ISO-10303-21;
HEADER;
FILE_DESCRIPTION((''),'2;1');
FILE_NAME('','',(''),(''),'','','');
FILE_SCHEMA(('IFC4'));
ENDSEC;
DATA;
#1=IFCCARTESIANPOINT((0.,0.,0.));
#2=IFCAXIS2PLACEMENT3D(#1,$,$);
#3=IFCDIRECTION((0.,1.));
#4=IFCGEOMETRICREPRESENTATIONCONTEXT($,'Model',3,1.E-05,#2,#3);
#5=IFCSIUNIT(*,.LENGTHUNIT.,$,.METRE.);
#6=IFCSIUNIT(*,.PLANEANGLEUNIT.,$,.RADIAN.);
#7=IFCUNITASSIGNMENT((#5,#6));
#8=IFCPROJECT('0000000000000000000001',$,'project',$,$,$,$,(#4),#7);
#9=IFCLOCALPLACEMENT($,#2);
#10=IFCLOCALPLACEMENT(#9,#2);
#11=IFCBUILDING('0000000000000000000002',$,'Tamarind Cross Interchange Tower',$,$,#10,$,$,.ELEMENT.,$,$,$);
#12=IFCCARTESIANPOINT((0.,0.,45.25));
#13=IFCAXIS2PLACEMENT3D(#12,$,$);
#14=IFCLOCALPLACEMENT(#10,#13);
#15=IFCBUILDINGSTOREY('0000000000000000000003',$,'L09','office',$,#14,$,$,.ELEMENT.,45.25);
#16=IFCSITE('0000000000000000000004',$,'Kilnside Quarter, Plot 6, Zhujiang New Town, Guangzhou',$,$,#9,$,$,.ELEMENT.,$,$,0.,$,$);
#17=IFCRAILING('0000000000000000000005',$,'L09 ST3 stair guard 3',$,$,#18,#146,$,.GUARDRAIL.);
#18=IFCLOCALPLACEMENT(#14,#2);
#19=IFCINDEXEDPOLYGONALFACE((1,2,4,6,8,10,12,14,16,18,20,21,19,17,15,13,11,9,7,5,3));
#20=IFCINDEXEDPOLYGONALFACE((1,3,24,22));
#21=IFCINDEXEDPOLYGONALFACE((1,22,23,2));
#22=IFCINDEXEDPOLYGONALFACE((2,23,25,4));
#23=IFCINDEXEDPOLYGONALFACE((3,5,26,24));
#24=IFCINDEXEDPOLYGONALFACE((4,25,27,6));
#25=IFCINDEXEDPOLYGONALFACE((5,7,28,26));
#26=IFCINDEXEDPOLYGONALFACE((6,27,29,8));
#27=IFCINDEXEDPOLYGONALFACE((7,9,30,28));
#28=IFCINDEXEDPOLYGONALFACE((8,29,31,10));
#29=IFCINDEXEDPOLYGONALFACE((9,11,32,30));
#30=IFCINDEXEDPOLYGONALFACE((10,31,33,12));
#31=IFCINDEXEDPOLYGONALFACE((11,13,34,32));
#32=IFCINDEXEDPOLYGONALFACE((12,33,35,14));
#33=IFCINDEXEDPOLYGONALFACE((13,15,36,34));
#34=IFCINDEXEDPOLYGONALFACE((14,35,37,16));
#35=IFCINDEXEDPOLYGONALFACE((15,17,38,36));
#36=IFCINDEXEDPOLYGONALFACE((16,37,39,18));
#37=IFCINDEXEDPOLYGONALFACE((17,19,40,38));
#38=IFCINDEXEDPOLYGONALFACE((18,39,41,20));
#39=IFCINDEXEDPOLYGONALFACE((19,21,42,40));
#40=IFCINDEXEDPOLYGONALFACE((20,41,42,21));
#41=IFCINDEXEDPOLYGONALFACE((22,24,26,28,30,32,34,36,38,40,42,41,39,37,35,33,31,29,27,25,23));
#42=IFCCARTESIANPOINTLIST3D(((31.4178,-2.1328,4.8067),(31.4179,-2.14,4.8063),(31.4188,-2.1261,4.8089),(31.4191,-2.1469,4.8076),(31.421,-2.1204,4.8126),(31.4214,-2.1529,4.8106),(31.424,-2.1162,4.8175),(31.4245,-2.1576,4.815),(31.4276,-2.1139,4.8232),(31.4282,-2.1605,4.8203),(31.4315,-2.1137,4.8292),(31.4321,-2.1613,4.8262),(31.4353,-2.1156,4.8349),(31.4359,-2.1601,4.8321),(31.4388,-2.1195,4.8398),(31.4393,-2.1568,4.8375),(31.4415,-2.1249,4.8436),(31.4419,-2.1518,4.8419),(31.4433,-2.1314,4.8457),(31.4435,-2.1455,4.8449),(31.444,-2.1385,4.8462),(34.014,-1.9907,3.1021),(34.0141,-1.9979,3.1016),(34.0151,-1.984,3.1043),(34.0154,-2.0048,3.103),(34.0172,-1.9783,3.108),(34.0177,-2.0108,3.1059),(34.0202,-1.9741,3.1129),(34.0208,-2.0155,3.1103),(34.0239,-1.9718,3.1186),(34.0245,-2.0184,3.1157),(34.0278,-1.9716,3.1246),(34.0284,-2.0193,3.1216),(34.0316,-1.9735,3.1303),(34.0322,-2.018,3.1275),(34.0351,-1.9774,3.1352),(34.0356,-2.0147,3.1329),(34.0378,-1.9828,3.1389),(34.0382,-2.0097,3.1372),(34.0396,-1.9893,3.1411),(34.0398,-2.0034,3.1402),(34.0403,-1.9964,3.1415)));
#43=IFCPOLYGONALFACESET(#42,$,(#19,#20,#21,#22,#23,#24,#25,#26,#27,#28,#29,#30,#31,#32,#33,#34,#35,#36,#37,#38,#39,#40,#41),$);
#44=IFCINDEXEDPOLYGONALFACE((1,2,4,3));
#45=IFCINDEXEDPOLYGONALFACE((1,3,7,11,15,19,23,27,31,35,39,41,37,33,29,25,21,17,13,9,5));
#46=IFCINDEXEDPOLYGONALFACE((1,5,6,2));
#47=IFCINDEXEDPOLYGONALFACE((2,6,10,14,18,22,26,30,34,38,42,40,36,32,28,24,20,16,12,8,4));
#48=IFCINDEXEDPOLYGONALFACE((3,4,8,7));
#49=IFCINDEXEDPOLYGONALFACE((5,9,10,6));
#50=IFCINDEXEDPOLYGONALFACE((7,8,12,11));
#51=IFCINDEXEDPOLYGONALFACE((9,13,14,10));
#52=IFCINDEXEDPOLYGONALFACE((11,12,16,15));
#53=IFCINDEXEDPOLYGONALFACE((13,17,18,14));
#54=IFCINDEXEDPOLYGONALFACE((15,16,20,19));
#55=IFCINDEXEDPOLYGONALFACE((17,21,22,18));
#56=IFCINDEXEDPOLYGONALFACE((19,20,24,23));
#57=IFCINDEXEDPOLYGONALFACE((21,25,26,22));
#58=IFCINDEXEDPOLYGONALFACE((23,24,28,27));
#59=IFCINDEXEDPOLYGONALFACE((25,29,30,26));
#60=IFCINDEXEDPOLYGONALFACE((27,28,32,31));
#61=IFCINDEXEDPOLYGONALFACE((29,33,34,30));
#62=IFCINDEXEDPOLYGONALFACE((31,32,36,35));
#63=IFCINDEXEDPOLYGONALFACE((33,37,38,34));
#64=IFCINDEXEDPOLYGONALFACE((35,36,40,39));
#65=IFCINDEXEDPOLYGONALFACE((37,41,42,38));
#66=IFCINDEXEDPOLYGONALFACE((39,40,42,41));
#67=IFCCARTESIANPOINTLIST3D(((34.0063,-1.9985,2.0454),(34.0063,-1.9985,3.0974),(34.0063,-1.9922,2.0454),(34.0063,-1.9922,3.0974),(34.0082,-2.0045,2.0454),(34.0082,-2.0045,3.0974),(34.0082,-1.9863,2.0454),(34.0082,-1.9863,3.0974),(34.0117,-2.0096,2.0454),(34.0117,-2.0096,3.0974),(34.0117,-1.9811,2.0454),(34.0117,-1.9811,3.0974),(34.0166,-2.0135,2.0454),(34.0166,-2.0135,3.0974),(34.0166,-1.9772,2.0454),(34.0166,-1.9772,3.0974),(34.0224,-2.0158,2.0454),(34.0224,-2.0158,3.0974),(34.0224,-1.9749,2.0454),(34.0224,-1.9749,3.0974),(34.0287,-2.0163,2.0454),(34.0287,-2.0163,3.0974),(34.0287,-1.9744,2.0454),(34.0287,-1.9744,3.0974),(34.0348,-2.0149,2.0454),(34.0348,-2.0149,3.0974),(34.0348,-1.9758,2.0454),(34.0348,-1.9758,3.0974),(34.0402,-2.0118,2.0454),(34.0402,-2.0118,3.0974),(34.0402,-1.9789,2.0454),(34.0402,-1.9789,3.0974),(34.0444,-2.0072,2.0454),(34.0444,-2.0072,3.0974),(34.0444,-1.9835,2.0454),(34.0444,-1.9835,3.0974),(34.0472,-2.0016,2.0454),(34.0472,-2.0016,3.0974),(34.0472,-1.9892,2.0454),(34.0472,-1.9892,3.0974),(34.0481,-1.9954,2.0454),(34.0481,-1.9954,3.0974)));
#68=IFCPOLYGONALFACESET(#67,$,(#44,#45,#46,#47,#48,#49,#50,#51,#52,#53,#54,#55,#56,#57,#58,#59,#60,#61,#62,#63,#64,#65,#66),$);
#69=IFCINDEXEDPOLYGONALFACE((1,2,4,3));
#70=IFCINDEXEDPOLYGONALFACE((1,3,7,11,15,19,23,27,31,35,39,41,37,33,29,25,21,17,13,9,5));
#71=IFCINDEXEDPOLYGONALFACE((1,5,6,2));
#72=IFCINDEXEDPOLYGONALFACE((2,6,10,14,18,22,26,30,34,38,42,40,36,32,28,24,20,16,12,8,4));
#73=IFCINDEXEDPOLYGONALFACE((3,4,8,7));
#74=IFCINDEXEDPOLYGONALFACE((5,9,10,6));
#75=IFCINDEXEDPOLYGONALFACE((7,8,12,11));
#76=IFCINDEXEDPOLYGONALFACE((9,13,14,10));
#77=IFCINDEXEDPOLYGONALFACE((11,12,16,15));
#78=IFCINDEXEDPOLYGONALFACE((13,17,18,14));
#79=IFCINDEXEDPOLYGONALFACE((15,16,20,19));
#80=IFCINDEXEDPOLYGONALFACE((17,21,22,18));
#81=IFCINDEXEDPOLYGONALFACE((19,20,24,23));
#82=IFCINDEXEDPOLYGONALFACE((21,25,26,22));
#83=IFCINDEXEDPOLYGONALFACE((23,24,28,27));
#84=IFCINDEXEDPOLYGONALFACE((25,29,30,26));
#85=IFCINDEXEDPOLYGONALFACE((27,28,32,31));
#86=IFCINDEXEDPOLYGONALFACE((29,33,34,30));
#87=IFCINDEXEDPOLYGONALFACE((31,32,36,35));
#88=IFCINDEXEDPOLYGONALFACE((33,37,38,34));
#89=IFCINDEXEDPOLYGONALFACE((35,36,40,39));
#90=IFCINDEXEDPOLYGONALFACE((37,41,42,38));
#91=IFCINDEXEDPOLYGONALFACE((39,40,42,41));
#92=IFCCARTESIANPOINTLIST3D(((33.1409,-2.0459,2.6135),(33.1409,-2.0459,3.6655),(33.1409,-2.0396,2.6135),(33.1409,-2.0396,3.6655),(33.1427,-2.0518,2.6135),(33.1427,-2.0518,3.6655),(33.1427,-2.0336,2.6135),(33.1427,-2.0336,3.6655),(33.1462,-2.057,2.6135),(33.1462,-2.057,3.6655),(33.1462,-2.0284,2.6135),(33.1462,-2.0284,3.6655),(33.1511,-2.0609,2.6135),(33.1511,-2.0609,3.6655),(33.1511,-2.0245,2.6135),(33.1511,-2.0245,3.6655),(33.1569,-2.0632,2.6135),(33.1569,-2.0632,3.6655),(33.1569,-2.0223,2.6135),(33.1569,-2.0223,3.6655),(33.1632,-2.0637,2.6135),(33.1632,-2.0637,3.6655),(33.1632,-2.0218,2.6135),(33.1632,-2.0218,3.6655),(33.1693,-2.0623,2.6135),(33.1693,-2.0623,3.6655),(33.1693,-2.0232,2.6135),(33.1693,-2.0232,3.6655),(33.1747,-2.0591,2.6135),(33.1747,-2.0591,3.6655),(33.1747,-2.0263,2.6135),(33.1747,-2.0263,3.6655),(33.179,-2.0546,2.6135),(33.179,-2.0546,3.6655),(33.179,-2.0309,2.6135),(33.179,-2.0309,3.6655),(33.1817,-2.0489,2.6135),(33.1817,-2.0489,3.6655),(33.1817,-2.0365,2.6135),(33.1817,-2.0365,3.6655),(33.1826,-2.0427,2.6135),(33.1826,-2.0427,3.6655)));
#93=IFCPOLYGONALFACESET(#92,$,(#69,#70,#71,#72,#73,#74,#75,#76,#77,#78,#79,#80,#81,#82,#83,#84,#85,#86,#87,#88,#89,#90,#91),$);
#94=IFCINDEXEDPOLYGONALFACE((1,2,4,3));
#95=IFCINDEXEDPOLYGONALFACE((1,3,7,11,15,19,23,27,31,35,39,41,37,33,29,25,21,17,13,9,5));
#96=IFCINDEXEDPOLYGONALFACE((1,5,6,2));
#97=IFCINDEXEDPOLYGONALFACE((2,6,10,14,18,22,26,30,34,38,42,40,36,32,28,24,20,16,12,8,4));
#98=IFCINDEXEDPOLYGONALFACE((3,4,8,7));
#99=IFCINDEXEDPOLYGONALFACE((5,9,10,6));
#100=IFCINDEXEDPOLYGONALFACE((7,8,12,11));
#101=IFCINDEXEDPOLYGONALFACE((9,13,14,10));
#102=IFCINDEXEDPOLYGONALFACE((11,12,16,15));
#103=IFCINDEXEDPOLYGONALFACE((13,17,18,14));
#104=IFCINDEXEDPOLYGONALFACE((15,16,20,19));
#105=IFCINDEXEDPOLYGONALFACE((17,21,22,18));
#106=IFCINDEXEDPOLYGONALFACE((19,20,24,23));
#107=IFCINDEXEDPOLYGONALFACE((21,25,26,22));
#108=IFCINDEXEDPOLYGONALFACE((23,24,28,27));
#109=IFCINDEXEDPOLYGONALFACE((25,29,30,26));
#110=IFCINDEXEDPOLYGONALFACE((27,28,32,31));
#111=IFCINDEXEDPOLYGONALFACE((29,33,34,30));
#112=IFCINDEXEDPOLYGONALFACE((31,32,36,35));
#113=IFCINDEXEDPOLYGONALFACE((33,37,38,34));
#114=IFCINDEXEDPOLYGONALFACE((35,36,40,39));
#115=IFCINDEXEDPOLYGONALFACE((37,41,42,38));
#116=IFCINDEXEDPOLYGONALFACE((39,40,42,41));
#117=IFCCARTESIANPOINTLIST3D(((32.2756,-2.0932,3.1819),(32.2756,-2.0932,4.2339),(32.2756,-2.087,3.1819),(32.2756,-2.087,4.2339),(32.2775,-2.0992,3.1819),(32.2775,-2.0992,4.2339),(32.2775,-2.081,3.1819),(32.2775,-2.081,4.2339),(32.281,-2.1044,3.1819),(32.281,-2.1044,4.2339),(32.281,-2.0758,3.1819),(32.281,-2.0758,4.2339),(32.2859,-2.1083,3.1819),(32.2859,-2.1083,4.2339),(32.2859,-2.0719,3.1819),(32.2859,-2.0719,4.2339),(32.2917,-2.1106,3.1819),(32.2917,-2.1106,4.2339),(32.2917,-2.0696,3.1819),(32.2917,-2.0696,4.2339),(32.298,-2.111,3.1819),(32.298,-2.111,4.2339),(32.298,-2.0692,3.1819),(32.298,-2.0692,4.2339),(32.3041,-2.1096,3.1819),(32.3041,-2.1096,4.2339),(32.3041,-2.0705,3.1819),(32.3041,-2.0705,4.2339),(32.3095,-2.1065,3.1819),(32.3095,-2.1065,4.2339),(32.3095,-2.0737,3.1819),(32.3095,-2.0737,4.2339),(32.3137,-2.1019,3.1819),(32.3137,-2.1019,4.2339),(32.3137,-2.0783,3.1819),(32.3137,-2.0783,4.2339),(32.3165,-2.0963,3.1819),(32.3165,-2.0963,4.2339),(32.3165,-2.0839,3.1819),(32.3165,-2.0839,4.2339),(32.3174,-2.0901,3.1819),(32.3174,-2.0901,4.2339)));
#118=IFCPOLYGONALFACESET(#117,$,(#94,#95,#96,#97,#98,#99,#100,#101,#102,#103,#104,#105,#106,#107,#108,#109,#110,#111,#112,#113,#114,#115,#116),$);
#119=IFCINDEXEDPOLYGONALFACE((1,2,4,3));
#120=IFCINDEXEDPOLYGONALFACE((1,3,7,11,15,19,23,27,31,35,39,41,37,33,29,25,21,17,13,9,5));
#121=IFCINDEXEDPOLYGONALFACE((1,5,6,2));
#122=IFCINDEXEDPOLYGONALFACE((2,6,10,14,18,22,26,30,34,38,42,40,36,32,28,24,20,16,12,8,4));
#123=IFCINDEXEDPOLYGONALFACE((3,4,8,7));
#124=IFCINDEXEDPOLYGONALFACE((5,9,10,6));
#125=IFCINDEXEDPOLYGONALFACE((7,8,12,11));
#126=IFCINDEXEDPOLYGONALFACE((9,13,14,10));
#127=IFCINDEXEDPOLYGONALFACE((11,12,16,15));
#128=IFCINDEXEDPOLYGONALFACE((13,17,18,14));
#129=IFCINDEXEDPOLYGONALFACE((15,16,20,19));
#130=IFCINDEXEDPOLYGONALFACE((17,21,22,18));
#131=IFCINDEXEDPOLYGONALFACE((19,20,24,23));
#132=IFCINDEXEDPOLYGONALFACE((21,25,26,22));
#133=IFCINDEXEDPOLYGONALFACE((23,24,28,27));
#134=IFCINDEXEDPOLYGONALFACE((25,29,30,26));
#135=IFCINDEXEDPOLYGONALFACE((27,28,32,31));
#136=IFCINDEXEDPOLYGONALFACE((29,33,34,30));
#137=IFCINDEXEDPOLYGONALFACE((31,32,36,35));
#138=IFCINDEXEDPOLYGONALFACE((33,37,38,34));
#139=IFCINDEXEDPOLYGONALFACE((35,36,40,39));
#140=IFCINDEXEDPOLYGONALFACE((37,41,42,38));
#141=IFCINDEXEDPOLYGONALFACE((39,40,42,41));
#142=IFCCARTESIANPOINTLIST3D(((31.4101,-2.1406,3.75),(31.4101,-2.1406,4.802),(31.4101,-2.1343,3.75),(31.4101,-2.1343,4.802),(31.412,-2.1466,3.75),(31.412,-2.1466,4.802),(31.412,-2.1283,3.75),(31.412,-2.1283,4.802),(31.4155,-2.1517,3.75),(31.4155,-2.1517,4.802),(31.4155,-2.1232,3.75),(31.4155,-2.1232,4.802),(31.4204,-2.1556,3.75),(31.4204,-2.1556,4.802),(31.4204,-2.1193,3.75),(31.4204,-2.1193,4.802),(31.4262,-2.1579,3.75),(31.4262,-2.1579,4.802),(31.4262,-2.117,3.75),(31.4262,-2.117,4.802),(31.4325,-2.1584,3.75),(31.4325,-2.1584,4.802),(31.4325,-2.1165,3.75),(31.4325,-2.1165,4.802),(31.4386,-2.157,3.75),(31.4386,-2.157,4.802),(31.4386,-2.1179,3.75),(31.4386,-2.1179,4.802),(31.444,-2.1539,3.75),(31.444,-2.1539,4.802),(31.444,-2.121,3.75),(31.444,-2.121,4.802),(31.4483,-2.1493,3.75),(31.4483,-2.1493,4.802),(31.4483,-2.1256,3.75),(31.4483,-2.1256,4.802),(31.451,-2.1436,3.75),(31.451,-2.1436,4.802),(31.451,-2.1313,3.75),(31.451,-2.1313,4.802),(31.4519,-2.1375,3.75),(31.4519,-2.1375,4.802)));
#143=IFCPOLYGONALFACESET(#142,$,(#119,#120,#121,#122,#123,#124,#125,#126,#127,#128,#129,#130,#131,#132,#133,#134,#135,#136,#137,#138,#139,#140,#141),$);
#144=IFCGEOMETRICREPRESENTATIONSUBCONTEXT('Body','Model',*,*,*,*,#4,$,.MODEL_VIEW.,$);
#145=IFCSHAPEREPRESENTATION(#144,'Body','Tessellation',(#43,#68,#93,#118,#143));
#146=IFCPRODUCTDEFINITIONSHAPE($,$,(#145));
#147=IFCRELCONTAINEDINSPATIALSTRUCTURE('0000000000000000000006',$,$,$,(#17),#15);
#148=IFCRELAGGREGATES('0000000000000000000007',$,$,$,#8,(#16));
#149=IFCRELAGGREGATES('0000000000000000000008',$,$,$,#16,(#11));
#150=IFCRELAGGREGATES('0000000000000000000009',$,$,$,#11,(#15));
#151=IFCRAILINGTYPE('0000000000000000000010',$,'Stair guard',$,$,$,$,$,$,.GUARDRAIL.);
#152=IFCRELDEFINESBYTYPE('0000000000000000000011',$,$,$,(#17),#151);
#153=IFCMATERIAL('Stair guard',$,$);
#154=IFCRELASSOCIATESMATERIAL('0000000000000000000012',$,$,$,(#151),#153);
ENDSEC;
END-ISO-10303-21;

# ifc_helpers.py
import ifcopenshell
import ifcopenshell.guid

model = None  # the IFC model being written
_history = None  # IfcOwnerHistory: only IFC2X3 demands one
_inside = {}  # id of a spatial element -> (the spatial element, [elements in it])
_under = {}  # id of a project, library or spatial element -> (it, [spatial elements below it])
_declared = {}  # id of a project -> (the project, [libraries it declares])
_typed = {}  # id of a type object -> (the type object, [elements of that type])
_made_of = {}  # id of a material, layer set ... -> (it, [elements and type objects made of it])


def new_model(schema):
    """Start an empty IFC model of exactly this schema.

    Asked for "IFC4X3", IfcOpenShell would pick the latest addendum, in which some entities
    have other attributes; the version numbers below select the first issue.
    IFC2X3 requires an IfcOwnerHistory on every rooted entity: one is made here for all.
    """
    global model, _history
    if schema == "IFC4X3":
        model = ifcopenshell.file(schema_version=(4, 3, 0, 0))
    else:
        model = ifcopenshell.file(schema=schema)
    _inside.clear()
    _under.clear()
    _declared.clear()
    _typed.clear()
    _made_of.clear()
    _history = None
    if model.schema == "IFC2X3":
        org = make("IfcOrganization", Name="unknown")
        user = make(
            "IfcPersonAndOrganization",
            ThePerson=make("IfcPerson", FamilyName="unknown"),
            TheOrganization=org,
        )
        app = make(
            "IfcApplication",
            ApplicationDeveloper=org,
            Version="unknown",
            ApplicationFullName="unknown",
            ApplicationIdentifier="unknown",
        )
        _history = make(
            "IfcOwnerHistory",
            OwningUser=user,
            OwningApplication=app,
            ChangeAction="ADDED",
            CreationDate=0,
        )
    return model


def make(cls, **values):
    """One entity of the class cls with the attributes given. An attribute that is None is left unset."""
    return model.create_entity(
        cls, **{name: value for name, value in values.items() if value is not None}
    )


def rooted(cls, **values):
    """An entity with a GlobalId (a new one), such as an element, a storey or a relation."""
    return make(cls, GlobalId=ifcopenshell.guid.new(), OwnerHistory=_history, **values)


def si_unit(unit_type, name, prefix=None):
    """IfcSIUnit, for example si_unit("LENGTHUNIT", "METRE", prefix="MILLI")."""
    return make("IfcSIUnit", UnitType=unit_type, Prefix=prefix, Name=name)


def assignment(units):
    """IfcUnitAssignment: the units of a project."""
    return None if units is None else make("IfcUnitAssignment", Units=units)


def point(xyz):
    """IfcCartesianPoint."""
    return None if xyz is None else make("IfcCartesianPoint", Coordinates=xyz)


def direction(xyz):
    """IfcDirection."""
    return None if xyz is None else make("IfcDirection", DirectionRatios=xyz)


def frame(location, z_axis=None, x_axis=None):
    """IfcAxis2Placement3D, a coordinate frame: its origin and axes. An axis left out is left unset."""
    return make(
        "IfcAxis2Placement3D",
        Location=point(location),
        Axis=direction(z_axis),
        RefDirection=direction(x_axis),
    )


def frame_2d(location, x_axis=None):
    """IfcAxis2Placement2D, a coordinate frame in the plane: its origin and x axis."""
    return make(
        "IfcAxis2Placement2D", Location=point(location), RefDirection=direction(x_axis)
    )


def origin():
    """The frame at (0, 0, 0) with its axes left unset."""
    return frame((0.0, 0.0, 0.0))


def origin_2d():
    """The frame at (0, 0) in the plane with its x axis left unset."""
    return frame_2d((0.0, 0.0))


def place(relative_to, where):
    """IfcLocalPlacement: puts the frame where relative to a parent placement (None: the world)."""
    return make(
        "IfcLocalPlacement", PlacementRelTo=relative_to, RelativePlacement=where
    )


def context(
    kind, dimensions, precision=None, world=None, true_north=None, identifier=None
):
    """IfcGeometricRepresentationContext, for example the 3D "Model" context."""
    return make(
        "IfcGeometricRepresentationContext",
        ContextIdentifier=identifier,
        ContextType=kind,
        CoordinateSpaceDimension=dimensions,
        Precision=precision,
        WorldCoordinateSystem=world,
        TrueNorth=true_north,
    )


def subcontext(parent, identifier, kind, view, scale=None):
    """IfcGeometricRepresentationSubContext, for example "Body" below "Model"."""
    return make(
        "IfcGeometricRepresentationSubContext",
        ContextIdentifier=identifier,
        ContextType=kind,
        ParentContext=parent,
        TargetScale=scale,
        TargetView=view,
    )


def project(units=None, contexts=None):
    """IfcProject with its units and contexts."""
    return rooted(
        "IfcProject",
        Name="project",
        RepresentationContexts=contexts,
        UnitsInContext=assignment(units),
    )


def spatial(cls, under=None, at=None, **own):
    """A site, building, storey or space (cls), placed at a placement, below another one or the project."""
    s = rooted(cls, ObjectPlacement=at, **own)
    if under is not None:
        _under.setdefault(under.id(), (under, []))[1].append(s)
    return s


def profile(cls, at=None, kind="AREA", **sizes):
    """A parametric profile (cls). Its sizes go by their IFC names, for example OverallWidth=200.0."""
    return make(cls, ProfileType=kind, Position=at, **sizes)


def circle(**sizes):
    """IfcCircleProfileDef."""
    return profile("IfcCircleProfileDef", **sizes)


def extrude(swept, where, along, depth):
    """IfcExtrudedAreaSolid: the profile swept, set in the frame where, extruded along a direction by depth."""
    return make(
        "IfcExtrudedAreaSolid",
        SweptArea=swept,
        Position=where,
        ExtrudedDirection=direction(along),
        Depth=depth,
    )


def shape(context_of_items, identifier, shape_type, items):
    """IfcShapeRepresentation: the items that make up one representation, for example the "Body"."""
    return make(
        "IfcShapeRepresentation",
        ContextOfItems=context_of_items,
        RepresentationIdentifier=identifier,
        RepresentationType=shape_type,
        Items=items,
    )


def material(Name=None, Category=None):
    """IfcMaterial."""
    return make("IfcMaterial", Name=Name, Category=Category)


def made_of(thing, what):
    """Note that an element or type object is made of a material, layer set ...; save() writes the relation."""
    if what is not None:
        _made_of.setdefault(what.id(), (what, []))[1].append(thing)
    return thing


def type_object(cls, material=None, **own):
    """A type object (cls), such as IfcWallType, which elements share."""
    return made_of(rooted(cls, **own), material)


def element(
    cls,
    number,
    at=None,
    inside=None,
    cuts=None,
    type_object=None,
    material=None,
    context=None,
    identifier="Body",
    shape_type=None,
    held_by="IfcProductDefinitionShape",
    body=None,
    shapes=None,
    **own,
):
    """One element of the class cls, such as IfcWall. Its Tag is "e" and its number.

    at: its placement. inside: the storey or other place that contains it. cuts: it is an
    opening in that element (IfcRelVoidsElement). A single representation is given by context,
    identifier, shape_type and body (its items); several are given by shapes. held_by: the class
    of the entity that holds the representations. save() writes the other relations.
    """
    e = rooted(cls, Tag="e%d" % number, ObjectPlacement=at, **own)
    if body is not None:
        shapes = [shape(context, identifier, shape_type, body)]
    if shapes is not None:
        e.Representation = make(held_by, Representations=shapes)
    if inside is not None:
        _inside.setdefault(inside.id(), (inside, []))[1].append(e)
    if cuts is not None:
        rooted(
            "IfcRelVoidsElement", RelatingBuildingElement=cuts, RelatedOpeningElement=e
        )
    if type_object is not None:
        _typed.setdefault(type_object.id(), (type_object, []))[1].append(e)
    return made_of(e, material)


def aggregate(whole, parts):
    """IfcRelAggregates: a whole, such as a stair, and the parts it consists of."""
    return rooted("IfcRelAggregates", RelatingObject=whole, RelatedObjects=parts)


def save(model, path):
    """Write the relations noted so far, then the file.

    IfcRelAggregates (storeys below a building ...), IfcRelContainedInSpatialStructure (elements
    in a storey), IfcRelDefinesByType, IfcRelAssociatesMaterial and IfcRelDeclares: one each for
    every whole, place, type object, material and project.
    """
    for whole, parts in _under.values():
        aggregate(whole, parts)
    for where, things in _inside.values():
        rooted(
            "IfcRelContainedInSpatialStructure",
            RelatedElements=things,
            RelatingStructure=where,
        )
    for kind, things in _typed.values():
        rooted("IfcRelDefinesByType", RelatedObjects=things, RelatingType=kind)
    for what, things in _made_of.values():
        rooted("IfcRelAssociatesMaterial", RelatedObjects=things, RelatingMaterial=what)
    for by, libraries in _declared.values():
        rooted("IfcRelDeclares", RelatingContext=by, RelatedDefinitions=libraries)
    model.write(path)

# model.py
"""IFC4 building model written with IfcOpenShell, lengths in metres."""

from ifc_helpers import new_model, si_unit, direction, frame, origin, origin_2d, place, context, subcontext, project, spatial, circle, extrude, material, type_object, element, save


model = new_model("IFC4")

# Units and contexts
model_context = context("Model", 3, precision=1e-05, world=origin(), true_north=direction((0.0, 1.0)))
body_context = subcontext(model_context, "Body", "Model", "MODEL_VIEW")
ifc_project = project(units=[si_unit("LENGTHUNIT", "METRE"), si_unit("PLANEANGLEUNIT", "RADIAN")], contexts=[model_context])

# Site, building, storey
site_placement = place(None, origin())
site = spatial("IfcSite", under=ifc_project, at=site_placement, Name="Kilnside Quarter, Plot 6, Zhujiang New Town, Guangzhou", CompositionType="ELEMENT", RefElevation=0.0)
building_placement = place(site_placement, origin())
building = spatial("IfcBuilding", under=site, at=building_placement, Name="Tamarind Cross Interchange Tower", CompositionType="ELEMENT")
storey_placement = place(building_placement, frame((0.0, 0.0, 45.25)))
storey = spatial("IfcBuildingStorey", under=building, at=storey_placement, Name="L09", Description="office", CompositionType="ELEMENT", Elevation=45.25)

# Railing
ifc_material_1 = material(Name="Stair guard")
railing_type_1 = type_object("IfcRailingType", Name="Stair guard", PredefinedType="GUARDRAIL", material=ifc_material_1)
railing_1_placement = place(storey_placement, frame((34.0271, -1.9954, 2.0454)))
element("IfcRailing", 1, at=railing_1_placement, inside=storey, type_object=railing_type_1, Name="L09 ST3 stair guard 3", PredefinedType="GUARDRAIL", context=body_context, shape_type="SweptSolid", body=[
    extrude(circle(Radius=0.0239, at=origin_2d()), frame((0.0, 0.0, 1.0762), z_axis=(-0.83505, -0.045702, 0.548272), x_axis=(0.054648, -0.998506, 0.0)), (0.0, 0.0, 1.0), 3.1091),
    extrude(circle(Radius=0.021, at=origin_2d()), origin(), (0.0, 0.0, 1.0), 1.052),
    extrude(circle(Radius=0.021, at=origin_2d()), frame((-0.8655, -0.0474, 0.5681)), (0.0, 0.0, 1.0), 1.052),
    extrude(circle(Radius=0.021, at=origin_2d()), frame((-1.7307, -0.0947, 1.1365)), (0.0, 0.0, 1.0), 1.052),
    extrude(circle(Radius=0.021, at=origin_2d()), frame((-2.5962, -0.1421, 1.7046)), (0.0, 0.0, 1.0), 1.052),
])

save(model, "model.ifc")
